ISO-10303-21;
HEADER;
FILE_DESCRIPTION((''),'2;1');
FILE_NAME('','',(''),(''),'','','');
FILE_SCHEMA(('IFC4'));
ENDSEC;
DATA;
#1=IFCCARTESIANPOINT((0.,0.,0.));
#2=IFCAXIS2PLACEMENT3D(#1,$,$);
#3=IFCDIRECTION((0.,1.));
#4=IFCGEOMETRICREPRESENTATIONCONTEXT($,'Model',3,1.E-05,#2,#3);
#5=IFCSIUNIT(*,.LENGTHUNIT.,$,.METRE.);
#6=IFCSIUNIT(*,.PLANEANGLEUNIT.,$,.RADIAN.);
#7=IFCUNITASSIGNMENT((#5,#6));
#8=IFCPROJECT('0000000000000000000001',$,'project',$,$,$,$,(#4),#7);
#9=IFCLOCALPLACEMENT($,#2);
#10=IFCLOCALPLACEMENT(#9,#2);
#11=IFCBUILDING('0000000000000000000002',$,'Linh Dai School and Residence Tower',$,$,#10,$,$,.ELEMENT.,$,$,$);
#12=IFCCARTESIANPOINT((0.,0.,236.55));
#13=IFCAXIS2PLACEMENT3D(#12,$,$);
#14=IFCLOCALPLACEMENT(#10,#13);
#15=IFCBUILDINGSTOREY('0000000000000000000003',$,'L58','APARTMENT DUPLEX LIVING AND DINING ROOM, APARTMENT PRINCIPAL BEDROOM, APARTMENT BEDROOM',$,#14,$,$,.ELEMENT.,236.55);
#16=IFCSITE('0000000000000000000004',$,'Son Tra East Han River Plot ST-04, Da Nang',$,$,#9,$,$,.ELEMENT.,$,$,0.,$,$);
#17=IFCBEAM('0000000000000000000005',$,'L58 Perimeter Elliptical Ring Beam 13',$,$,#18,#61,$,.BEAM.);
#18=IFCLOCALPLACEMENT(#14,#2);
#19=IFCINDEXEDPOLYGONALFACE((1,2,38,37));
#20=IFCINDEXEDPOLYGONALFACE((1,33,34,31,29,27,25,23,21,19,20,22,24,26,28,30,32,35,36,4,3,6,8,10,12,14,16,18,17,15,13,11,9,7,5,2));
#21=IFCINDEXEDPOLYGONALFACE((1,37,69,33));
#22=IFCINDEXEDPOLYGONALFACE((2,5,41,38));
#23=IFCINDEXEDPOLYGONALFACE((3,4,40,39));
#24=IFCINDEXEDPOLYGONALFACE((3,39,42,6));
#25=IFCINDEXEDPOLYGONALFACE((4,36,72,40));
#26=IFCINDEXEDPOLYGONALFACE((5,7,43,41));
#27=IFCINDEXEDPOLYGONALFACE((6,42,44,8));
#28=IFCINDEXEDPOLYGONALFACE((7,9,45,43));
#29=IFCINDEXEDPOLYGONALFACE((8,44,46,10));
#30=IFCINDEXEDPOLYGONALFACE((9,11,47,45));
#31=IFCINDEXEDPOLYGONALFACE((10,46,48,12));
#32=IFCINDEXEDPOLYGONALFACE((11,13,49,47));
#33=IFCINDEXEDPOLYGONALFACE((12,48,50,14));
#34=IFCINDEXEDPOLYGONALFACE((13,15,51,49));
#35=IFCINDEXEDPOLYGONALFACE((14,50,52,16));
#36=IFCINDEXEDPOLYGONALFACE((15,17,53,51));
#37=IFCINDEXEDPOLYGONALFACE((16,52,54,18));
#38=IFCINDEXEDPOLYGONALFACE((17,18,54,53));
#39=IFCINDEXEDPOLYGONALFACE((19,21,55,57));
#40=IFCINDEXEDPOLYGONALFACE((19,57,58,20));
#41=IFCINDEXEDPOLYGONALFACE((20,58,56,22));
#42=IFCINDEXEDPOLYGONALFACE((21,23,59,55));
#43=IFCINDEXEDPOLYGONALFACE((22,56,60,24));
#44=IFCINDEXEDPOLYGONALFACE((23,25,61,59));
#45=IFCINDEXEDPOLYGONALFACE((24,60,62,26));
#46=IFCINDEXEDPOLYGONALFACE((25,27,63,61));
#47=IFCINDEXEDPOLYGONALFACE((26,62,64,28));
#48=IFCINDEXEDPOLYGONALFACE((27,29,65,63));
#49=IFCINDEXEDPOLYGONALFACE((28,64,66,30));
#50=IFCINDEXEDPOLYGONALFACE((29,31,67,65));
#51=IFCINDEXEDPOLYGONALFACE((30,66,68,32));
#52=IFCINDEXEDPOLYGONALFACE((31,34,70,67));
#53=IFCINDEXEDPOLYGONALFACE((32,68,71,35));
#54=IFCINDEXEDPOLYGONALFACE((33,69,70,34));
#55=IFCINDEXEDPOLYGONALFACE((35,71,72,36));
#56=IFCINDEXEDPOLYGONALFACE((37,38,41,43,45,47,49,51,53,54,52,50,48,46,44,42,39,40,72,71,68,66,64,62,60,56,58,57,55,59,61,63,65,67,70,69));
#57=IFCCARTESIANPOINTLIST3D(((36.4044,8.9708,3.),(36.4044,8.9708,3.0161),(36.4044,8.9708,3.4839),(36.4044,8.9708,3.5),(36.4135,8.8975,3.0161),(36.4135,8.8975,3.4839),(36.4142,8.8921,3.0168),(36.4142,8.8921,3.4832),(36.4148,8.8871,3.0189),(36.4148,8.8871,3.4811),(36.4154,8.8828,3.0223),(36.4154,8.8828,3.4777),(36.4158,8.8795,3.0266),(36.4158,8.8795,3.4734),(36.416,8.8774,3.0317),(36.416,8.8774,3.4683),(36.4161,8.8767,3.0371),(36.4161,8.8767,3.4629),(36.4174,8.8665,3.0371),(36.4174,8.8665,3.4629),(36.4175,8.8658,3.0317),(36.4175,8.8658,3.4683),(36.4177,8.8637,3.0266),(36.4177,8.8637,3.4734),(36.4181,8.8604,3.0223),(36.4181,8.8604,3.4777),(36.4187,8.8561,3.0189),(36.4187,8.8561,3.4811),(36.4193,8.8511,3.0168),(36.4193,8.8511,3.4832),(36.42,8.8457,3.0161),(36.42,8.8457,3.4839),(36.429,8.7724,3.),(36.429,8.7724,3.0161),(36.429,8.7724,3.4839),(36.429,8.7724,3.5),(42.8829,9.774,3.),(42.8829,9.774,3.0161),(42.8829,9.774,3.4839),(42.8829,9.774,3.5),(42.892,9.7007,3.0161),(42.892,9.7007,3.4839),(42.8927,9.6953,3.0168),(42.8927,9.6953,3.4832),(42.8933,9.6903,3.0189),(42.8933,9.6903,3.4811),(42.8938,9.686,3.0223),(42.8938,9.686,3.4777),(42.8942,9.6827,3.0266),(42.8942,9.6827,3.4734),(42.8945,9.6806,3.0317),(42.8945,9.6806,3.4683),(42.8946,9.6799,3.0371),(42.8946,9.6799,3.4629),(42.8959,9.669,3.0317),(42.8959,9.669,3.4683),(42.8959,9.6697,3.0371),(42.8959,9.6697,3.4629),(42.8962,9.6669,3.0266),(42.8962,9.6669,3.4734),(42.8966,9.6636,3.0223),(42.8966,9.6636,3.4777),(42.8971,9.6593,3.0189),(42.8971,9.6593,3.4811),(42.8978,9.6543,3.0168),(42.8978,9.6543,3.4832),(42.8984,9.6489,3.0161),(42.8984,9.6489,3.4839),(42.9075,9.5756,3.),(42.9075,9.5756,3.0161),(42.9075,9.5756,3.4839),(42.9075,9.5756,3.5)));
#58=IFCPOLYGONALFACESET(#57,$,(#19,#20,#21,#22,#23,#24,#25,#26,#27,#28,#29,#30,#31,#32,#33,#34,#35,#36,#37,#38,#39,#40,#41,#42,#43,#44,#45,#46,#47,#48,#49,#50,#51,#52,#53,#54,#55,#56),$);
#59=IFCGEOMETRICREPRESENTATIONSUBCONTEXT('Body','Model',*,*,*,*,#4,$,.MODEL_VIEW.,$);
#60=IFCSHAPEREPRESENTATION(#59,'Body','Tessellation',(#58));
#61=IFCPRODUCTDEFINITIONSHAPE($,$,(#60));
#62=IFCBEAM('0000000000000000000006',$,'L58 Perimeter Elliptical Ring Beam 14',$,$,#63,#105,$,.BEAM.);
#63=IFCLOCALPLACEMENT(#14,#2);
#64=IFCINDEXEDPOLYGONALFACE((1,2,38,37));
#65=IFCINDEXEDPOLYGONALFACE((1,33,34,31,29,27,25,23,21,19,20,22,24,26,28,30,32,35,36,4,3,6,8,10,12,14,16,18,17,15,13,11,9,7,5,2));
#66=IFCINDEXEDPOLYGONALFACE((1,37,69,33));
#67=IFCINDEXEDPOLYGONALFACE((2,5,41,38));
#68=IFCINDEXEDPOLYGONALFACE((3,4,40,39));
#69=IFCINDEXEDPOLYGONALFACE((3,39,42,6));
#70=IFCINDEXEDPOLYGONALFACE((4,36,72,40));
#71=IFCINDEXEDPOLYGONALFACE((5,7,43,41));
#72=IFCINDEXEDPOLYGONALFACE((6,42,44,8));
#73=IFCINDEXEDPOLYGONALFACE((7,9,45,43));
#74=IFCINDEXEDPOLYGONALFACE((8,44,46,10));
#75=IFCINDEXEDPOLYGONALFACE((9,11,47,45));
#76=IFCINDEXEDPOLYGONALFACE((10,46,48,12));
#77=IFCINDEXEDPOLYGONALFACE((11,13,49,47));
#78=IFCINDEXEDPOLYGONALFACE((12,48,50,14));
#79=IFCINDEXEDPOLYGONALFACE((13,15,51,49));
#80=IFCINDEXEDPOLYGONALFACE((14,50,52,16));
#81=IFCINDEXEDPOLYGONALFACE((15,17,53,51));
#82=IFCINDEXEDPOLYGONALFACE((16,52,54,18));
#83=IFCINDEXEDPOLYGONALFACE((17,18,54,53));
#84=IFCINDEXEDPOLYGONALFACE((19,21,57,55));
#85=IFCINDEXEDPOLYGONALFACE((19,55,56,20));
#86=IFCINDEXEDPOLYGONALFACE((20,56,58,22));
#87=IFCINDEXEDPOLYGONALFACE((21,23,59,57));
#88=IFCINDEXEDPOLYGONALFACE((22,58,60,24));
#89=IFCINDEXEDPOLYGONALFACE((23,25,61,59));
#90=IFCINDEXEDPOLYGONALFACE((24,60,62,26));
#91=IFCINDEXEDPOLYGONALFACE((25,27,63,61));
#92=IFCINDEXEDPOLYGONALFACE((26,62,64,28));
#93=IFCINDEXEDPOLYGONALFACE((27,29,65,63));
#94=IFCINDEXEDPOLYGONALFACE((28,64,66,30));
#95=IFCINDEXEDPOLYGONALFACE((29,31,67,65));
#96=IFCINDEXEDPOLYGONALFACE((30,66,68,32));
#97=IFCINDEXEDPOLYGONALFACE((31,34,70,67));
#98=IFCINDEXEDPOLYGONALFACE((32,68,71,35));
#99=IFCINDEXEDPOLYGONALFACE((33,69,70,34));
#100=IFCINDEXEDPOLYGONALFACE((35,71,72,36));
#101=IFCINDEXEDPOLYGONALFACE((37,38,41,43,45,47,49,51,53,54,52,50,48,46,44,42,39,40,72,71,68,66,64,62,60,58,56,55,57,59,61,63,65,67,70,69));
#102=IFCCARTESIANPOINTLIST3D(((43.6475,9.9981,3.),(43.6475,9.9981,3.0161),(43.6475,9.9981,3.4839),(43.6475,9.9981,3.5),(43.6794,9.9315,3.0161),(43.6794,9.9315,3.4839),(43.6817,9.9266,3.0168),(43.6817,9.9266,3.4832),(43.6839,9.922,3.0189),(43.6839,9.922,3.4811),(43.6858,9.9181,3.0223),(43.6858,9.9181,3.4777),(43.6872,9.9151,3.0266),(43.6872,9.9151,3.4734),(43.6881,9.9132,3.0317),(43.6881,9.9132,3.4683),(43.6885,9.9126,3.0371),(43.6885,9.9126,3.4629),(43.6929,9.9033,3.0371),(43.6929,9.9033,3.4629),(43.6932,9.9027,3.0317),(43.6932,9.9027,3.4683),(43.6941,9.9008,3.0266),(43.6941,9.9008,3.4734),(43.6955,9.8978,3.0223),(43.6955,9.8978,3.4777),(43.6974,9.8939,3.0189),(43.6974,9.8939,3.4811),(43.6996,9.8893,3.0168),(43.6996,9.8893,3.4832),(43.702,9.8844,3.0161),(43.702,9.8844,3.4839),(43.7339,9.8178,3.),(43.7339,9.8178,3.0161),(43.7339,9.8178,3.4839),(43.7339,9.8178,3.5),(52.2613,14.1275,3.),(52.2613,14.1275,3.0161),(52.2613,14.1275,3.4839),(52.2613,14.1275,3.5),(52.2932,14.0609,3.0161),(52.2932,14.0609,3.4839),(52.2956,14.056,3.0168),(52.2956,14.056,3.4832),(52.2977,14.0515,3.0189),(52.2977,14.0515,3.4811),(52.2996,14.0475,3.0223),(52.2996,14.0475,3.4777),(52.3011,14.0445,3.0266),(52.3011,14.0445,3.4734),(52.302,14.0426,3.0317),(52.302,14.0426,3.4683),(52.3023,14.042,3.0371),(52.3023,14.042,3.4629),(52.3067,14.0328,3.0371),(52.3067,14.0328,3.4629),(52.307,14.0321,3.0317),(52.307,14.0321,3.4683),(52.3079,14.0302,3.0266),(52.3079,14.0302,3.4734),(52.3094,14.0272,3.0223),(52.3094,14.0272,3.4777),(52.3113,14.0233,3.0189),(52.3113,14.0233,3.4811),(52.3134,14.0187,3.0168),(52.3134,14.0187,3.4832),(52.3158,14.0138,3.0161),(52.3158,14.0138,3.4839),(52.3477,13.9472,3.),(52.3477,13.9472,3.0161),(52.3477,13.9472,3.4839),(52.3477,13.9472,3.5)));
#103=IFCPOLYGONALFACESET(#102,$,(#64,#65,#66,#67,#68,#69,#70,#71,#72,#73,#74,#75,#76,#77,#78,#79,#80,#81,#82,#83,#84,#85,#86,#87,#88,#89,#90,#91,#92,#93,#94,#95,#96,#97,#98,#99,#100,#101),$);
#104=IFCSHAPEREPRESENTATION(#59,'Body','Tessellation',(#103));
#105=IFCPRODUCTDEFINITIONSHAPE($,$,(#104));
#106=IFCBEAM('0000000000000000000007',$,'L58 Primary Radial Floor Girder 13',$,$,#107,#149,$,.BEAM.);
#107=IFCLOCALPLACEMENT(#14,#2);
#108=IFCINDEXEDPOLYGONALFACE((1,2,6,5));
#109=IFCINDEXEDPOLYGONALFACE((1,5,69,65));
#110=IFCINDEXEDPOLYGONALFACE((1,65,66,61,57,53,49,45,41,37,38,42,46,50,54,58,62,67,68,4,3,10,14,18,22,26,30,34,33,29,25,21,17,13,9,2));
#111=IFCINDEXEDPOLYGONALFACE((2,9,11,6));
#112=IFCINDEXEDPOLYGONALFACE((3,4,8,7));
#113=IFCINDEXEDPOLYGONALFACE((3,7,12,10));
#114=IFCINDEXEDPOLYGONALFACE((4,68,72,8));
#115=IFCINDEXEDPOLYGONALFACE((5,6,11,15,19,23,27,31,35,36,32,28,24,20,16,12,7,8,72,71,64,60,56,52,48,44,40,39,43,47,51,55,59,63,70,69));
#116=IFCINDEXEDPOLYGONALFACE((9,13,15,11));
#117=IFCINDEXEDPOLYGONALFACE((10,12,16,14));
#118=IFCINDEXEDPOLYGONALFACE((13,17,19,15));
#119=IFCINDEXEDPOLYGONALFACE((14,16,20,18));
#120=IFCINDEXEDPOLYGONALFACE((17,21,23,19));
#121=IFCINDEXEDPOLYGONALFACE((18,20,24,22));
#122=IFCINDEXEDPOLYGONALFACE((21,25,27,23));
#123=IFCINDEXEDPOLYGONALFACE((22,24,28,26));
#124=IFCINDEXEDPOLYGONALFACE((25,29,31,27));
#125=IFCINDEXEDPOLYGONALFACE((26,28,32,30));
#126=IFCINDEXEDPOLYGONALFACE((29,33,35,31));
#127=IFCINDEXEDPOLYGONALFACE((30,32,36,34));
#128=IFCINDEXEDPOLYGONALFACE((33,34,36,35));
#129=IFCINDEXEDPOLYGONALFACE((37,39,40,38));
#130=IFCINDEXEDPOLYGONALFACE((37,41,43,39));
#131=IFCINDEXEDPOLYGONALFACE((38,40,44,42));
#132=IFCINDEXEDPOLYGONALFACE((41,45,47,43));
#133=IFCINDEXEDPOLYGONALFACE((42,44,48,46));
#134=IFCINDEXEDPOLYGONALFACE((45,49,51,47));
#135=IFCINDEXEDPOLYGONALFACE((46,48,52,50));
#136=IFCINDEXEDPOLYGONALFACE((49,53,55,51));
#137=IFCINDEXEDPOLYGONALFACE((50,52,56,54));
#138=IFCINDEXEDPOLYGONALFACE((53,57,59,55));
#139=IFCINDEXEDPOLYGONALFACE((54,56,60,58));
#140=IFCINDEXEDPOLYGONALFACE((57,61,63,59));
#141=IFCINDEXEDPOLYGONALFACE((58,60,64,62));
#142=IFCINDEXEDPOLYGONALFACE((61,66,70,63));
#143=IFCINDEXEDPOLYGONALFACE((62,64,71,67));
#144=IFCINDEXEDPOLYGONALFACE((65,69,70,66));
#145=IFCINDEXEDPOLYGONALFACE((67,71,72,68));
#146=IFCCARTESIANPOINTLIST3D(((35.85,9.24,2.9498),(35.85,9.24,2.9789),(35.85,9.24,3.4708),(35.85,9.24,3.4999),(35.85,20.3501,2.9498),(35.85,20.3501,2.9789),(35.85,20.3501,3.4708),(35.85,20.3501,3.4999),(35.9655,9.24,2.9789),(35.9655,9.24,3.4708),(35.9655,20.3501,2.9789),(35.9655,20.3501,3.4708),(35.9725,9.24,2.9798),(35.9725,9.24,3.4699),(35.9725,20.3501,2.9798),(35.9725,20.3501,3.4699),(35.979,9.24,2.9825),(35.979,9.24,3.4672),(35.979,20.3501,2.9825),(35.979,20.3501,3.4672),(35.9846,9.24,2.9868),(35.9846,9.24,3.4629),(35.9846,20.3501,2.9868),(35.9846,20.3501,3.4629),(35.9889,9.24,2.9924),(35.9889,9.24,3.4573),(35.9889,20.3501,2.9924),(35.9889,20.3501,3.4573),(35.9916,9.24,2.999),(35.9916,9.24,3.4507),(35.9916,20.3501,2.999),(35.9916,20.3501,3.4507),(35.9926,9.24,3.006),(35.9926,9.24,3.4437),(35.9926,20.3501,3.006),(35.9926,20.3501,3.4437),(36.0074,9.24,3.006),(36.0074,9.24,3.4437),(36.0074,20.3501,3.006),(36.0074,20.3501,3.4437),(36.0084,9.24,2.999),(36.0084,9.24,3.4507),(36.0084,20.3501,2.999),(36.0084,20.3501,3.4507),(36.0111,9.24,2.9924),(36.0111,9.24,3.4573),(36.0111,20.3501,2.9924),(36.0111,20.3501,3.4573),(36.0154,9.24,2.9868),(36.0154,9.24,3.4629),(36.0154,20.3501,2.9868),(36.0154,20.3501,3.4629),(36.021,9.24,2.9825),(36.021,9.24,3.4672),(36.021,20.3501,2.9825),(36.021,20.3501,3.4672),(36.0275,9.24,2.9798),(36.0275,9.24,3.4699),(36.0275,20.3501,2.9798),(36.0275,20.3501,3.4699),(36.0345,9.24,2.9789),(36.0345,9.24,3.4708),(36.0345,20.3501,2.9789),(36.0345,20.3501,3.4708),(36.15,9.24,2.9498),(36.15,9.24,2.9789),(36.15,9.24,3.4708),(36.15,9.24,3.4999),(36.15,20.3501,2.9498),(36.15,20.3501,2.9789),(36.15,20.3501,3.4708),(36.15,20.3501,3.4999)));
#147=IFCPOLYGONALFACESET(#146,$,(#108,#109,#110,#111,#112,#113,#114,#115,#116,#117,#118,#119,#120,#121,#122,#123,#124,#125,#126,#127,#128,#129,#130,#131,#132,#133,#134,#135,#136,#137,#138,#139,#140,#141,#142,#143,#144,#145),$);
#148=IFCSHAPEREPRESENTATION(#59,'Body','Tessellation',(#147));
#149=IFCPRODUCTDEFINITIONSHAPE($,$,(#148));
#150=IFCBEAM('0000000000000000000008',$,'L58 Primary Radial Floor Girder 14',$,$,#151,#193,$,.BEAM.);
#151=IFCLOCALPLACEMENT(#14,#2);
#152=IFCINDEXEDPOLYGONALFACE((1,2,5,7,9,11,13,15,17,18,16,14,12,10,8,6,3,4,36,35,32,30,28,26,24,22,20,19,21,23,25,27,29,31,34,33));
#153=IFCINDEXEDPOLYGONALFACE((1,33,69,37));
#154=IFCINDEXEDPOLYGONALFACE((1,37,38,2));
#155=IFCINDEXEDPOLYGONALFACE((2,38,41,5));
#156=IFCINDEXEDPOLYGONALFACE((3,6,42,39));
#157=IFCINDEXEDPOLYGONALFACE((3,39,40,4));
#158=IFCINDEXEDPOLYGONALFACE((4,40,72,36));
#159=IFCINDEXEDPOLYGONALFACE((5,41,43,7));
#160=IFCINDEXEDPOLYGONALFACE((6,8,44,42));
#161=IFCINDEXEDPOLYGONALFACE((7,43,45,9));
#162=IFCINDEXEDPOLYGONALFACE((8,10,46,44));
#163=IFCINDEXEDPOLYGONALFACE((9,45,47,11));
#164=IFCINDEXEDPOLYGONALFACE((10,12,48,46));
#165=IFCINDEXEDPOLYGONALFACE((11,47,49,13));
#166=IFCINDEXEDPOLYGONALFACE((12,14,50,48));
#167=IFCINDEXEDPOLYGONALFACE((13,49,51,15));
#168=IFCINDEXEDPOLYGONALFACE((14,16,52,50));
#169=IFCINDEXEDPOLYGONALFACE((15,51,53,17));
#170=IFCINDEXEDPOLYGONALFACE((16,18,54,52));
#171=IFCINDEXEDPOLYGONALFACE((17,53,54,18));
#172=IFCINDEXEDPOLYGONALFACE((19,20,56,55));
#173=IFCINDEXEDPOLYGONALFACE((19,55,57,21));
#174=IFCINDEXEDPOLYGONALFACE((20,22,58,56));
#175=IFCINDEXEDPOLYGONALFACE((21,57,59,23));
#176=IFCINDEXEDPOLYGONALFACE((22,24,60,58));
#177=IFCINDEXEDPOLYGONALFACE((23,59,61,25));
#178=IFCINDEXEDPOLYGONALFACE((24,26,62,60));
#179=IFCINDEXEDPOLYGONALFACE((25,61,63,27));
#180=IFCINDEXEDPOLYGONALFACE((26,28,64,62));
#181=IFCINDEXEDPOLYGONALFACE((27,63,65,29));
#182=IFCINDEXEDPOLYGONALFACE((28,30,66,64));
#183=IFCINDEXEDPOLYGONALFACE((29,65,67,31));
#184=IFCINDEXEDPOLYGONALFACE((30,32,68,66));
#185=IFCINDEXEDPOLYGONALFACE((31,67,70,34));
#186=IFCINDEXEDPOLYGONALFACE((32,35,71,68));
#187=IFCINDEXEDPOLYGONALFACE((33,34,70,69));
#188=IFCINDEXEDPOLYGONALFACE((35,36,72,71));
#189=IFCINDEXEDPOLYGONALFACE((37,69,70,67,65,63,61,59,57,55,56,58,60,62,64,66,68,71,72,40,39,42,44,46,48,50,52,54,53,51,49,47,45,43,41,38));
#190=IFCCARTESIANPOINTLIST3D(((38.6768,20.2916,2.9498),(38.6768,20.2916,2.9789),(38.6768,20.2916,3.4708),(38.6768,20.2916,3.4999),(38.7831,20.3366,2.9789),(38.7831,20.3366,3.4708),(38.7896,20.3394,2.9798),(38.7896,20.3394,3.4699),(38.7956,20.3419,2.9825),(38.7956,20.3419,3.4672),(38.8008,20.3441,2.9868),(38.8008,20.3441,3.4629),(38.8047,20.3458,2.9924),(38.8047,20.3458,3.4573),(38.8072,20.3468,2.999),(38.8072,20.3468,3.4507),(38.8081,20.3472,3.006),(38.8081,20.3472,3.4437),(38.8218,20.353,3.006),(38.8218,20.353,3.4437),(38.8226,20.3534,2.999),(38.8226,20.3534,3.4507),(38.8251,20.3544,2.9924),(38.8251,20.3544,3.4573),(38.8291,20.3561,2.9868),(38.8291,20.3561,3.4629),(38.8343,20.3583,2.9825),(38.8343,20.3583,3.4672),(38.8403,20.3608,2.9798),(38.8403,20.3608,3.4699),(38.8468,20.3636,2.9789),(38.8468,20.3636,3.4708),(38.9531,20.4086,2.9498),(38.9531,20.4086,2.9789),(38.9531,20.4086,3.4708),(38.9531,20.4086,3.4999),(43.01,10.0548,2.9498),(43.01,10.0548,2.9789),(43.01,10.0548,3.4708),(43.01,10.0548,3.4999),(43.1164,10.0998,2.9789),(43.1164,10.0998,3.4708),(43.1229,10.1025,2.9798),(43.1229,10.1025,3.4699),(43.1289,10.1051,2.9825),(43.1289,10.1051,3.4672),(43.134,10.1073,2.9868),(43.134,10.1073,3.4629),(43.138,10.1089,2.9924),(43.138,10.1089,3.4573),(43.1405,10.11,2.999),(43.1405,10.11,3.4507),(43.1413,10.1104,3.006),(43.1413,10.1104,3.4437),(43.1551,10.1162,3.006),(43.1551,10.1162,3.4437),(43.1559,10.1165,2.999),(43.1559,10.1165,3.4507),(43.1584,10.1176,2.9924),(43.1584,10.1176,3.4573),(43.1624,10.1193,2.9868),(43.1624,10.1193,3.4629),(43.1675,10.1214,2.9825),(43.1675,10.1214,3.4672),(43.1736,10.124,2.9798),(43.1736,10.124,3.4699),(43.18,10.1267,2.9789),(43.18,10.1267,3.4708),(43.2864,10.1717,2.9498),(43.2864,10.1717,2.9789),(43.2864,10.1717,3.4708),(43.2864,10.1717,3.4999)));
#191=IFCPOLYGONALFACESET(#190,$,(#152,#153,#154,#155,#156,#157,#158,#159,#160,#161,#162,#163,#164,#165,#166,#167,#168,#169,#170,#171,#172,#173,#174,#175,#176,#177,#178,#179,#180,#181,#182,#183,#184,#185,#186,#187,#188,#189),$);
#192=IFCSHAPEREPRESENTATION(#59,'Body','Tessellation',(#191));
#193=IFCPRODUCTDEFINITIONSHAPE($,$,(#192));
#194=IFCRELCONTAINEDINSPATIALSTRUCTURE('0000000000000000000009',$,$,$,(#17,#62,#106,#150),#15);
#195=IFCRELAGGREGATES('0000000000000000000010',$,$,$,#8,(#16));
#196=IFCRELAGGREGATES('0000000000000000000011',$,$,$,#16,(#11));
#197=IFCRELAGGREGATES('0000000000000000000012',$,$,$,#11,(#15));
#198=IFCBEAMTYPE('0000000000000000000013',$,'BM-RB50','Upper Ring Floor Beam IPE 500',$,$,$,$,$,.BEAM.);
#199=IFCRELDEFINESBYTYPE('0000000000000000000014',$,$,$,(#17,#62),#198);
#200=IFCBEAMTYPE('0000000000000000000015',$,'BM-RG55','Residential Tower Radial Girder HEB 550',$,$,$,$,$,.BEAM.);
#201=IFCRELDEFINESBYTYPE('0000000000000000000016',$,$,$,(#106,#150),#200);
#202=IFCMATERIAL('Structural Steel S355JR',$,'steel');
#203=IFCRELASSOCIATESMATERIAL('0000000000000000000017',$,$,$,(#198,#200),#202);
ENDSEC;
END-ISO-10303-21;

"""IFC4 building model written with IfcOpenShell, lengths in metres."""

from ifc_helpers import new_model, si_unit, direction, frame, origin, origin_2d, place, context, subcontext, project, spatial, i_section, extrude, material, material_profile, profile_set, type_object, element, save


model = new_model("IFC4")

# Units and contexts
model_context = context("Model", 3, precision=1e-05, world=origin(), true_north=direction((0.0, 1.0)))
body_context = subcontext(model_context, "Body", "Model", "MODEL_VIEW")
ifc_project = project(units=[si_unit("LENGTHUNIT", "METRE"), si_unit("PLANEANGLEUNIT", "RADIAN")], contexts=[model_context])

# Site, building, storey
site_placement = place(None, origin())
site = spatial("IfcSite", under=ifc_project, at=site_placement, Name="Son Tra East Han River Plot ST-04, Da Nang", CompositionType="ELEMENT", RefElevation=0.0)
building_placement = place(site_placement, origin())
building = spatial("IfcBuilding", under=site, at=building_placement, Name="Linh Dai School and Residence Tower", CompositionType="ELEMENT")
storey_placement = place(building_placement, frame((0.0, 0.0, 236.55)))
storey = spatial("IfcBuildingStorey", under=building, at=storey_placement, Name="L58", Description="APARTMENT DUPLEX LIVING AND DINING ROOM, APARTMENT PRINCIPAL BEDROOM, APARTMENT BEDROOM", CompositionType="ELEMENT", Elevation=236.55)

# Shared definitions
ifc_material_1 = material(Name="Structural Steel S355JR", Category="steel")

# Beams
ifc_material_profile_1 = material_profile(ifc_material_1, i_section(OverallWidth=0.2, OverallDepth=0.5, WebThickness=0.0103, FlangeThickness=0.0161, FilletRadius=0.021, at=origin_2d()), Name="IPE 500")
ifc_profile_set_1 = profile_set([ifc_material_profile_1], Name="Structural Steel S355JR")
beam_type_1 = type_object("IfcBeamType", Name="BM-RB50", Description="Upper Ring Floor Beam IPE 500", PredefinedType="BEAM", material=ifc_profile_set_1)
beam_1_placement = place(storey_placement, frame((36.4167, 8.8716, 3.25), z_axis=(0.992402, 0.12304, 0.0), x_axis=(-0.12304, 0.992402, 0.0)))
element("IfcBeam", 1, at=beam_1_placement, inside=storey, type_object=beam_type_1, Name="L58 Perimeter Elliptical Ring Beam 13", PredefinedType="BEAM", context=body_context, shape_type="SweptSolid", body=[
    extrude(i_section(OverallWidth=0.2, OverallDepth=0.5, WebThickness=0.0103, FlangeThickness=0.0161, FilletRadius=0.021, at=origin_2d()), origin(), (0.0, 0.0, 1.0), 6.5281),
])
beam_2_placement = place(storey_placement, frame((43.6907, 9.908, 3.25), z_axis=(0.901736, 0.432287, 0.0), x_axis=(-0.432287, 0.901736, 0.0)))
element("IfcBeam", 2, at=beam_2_placement, inside=storey, type_object=beam_type_1, Name="L58 Perimeter Elliptical Ring Beam 14", PredefinedType="BEAM", context=body_context, shape_type="SweptSolid", body=[
    extrude(i_section(OverallWidth=0.2, OverallDepth=0.5, WebThickness=0.0103, FlangeThickness=0.0161, FilletRadius=0.021, at=origin_2d()), origin(), (0.0, 0.0, 1.0), 9.5525),
])
ifc_material_profile_2 = material_profile(ifc_material_1, i_section(OverallWidth=0.3, OverallDepth=0.55, WebThickness=0.0149, FlangeThickness=0.0291, FilletRadius=0.0271, at=origin_2d()), Name="HEB 550")
ifc_profile_set_2 = profile_set([ifc_material_profile_2], Name="Structural Steel S355JR")
beam_type_2 = type_object("IfcBeamType", Name="BM-RG55", Description="Residential Tower Radial Girder HEB 550", PredefinedType="BEAM", material=ifc_profile_set_2)
beam_3_placement = place(storey_placement, frame((36.0, 20.3501, 3.2249), z_axis=(0.0, -1.0, 0.0), x_axis=(1.0, 0.0, 0.0)))
element("IfcBeam", 3, at=beam_3_placement, inside=storey, type_object=beam_type_2, Name="L58 Primary Radial Floor Girder 13", PredefinedType="BEAM", context=body_context, shape_type="SweptSolid", body=[
    extrude(i_section(OverallWidth=0.3, OverallDepth=0.55, WebThickness=0.0149, FlangeThickness=0.0291, FilletRadius=0.0271, at=origin_2d()), origin(), (0.0, 0.0, 1.0), 11.1101),
])
beam_4_placement = place(storey_placement, frame((38.8149, 20.3501, 3.2249), z_axis=(0.389815, -0.920893, 0.0), x_axis=(0.920893, 0.389815, 0.0)))
element("IfcBeam", 4, at=beam_4_placement, inside=storey, type_object=beam_type_2, Name="L58 Primary Radial Floor Girder 14", PredefinedType="BEAM", context=body_context, shape_type="SweptSolid", body=[
    extrude(i_section(OverallWidth=0.3, OverallDepth=0.55, WebThickness=0.0149, FlangeThickness=0.0291, FilletRadius=0.0271, at=origin_2d()), origin(), (0.0, 0.0, 1.0), 11.1162),
])

save(model, "model.ifc")
